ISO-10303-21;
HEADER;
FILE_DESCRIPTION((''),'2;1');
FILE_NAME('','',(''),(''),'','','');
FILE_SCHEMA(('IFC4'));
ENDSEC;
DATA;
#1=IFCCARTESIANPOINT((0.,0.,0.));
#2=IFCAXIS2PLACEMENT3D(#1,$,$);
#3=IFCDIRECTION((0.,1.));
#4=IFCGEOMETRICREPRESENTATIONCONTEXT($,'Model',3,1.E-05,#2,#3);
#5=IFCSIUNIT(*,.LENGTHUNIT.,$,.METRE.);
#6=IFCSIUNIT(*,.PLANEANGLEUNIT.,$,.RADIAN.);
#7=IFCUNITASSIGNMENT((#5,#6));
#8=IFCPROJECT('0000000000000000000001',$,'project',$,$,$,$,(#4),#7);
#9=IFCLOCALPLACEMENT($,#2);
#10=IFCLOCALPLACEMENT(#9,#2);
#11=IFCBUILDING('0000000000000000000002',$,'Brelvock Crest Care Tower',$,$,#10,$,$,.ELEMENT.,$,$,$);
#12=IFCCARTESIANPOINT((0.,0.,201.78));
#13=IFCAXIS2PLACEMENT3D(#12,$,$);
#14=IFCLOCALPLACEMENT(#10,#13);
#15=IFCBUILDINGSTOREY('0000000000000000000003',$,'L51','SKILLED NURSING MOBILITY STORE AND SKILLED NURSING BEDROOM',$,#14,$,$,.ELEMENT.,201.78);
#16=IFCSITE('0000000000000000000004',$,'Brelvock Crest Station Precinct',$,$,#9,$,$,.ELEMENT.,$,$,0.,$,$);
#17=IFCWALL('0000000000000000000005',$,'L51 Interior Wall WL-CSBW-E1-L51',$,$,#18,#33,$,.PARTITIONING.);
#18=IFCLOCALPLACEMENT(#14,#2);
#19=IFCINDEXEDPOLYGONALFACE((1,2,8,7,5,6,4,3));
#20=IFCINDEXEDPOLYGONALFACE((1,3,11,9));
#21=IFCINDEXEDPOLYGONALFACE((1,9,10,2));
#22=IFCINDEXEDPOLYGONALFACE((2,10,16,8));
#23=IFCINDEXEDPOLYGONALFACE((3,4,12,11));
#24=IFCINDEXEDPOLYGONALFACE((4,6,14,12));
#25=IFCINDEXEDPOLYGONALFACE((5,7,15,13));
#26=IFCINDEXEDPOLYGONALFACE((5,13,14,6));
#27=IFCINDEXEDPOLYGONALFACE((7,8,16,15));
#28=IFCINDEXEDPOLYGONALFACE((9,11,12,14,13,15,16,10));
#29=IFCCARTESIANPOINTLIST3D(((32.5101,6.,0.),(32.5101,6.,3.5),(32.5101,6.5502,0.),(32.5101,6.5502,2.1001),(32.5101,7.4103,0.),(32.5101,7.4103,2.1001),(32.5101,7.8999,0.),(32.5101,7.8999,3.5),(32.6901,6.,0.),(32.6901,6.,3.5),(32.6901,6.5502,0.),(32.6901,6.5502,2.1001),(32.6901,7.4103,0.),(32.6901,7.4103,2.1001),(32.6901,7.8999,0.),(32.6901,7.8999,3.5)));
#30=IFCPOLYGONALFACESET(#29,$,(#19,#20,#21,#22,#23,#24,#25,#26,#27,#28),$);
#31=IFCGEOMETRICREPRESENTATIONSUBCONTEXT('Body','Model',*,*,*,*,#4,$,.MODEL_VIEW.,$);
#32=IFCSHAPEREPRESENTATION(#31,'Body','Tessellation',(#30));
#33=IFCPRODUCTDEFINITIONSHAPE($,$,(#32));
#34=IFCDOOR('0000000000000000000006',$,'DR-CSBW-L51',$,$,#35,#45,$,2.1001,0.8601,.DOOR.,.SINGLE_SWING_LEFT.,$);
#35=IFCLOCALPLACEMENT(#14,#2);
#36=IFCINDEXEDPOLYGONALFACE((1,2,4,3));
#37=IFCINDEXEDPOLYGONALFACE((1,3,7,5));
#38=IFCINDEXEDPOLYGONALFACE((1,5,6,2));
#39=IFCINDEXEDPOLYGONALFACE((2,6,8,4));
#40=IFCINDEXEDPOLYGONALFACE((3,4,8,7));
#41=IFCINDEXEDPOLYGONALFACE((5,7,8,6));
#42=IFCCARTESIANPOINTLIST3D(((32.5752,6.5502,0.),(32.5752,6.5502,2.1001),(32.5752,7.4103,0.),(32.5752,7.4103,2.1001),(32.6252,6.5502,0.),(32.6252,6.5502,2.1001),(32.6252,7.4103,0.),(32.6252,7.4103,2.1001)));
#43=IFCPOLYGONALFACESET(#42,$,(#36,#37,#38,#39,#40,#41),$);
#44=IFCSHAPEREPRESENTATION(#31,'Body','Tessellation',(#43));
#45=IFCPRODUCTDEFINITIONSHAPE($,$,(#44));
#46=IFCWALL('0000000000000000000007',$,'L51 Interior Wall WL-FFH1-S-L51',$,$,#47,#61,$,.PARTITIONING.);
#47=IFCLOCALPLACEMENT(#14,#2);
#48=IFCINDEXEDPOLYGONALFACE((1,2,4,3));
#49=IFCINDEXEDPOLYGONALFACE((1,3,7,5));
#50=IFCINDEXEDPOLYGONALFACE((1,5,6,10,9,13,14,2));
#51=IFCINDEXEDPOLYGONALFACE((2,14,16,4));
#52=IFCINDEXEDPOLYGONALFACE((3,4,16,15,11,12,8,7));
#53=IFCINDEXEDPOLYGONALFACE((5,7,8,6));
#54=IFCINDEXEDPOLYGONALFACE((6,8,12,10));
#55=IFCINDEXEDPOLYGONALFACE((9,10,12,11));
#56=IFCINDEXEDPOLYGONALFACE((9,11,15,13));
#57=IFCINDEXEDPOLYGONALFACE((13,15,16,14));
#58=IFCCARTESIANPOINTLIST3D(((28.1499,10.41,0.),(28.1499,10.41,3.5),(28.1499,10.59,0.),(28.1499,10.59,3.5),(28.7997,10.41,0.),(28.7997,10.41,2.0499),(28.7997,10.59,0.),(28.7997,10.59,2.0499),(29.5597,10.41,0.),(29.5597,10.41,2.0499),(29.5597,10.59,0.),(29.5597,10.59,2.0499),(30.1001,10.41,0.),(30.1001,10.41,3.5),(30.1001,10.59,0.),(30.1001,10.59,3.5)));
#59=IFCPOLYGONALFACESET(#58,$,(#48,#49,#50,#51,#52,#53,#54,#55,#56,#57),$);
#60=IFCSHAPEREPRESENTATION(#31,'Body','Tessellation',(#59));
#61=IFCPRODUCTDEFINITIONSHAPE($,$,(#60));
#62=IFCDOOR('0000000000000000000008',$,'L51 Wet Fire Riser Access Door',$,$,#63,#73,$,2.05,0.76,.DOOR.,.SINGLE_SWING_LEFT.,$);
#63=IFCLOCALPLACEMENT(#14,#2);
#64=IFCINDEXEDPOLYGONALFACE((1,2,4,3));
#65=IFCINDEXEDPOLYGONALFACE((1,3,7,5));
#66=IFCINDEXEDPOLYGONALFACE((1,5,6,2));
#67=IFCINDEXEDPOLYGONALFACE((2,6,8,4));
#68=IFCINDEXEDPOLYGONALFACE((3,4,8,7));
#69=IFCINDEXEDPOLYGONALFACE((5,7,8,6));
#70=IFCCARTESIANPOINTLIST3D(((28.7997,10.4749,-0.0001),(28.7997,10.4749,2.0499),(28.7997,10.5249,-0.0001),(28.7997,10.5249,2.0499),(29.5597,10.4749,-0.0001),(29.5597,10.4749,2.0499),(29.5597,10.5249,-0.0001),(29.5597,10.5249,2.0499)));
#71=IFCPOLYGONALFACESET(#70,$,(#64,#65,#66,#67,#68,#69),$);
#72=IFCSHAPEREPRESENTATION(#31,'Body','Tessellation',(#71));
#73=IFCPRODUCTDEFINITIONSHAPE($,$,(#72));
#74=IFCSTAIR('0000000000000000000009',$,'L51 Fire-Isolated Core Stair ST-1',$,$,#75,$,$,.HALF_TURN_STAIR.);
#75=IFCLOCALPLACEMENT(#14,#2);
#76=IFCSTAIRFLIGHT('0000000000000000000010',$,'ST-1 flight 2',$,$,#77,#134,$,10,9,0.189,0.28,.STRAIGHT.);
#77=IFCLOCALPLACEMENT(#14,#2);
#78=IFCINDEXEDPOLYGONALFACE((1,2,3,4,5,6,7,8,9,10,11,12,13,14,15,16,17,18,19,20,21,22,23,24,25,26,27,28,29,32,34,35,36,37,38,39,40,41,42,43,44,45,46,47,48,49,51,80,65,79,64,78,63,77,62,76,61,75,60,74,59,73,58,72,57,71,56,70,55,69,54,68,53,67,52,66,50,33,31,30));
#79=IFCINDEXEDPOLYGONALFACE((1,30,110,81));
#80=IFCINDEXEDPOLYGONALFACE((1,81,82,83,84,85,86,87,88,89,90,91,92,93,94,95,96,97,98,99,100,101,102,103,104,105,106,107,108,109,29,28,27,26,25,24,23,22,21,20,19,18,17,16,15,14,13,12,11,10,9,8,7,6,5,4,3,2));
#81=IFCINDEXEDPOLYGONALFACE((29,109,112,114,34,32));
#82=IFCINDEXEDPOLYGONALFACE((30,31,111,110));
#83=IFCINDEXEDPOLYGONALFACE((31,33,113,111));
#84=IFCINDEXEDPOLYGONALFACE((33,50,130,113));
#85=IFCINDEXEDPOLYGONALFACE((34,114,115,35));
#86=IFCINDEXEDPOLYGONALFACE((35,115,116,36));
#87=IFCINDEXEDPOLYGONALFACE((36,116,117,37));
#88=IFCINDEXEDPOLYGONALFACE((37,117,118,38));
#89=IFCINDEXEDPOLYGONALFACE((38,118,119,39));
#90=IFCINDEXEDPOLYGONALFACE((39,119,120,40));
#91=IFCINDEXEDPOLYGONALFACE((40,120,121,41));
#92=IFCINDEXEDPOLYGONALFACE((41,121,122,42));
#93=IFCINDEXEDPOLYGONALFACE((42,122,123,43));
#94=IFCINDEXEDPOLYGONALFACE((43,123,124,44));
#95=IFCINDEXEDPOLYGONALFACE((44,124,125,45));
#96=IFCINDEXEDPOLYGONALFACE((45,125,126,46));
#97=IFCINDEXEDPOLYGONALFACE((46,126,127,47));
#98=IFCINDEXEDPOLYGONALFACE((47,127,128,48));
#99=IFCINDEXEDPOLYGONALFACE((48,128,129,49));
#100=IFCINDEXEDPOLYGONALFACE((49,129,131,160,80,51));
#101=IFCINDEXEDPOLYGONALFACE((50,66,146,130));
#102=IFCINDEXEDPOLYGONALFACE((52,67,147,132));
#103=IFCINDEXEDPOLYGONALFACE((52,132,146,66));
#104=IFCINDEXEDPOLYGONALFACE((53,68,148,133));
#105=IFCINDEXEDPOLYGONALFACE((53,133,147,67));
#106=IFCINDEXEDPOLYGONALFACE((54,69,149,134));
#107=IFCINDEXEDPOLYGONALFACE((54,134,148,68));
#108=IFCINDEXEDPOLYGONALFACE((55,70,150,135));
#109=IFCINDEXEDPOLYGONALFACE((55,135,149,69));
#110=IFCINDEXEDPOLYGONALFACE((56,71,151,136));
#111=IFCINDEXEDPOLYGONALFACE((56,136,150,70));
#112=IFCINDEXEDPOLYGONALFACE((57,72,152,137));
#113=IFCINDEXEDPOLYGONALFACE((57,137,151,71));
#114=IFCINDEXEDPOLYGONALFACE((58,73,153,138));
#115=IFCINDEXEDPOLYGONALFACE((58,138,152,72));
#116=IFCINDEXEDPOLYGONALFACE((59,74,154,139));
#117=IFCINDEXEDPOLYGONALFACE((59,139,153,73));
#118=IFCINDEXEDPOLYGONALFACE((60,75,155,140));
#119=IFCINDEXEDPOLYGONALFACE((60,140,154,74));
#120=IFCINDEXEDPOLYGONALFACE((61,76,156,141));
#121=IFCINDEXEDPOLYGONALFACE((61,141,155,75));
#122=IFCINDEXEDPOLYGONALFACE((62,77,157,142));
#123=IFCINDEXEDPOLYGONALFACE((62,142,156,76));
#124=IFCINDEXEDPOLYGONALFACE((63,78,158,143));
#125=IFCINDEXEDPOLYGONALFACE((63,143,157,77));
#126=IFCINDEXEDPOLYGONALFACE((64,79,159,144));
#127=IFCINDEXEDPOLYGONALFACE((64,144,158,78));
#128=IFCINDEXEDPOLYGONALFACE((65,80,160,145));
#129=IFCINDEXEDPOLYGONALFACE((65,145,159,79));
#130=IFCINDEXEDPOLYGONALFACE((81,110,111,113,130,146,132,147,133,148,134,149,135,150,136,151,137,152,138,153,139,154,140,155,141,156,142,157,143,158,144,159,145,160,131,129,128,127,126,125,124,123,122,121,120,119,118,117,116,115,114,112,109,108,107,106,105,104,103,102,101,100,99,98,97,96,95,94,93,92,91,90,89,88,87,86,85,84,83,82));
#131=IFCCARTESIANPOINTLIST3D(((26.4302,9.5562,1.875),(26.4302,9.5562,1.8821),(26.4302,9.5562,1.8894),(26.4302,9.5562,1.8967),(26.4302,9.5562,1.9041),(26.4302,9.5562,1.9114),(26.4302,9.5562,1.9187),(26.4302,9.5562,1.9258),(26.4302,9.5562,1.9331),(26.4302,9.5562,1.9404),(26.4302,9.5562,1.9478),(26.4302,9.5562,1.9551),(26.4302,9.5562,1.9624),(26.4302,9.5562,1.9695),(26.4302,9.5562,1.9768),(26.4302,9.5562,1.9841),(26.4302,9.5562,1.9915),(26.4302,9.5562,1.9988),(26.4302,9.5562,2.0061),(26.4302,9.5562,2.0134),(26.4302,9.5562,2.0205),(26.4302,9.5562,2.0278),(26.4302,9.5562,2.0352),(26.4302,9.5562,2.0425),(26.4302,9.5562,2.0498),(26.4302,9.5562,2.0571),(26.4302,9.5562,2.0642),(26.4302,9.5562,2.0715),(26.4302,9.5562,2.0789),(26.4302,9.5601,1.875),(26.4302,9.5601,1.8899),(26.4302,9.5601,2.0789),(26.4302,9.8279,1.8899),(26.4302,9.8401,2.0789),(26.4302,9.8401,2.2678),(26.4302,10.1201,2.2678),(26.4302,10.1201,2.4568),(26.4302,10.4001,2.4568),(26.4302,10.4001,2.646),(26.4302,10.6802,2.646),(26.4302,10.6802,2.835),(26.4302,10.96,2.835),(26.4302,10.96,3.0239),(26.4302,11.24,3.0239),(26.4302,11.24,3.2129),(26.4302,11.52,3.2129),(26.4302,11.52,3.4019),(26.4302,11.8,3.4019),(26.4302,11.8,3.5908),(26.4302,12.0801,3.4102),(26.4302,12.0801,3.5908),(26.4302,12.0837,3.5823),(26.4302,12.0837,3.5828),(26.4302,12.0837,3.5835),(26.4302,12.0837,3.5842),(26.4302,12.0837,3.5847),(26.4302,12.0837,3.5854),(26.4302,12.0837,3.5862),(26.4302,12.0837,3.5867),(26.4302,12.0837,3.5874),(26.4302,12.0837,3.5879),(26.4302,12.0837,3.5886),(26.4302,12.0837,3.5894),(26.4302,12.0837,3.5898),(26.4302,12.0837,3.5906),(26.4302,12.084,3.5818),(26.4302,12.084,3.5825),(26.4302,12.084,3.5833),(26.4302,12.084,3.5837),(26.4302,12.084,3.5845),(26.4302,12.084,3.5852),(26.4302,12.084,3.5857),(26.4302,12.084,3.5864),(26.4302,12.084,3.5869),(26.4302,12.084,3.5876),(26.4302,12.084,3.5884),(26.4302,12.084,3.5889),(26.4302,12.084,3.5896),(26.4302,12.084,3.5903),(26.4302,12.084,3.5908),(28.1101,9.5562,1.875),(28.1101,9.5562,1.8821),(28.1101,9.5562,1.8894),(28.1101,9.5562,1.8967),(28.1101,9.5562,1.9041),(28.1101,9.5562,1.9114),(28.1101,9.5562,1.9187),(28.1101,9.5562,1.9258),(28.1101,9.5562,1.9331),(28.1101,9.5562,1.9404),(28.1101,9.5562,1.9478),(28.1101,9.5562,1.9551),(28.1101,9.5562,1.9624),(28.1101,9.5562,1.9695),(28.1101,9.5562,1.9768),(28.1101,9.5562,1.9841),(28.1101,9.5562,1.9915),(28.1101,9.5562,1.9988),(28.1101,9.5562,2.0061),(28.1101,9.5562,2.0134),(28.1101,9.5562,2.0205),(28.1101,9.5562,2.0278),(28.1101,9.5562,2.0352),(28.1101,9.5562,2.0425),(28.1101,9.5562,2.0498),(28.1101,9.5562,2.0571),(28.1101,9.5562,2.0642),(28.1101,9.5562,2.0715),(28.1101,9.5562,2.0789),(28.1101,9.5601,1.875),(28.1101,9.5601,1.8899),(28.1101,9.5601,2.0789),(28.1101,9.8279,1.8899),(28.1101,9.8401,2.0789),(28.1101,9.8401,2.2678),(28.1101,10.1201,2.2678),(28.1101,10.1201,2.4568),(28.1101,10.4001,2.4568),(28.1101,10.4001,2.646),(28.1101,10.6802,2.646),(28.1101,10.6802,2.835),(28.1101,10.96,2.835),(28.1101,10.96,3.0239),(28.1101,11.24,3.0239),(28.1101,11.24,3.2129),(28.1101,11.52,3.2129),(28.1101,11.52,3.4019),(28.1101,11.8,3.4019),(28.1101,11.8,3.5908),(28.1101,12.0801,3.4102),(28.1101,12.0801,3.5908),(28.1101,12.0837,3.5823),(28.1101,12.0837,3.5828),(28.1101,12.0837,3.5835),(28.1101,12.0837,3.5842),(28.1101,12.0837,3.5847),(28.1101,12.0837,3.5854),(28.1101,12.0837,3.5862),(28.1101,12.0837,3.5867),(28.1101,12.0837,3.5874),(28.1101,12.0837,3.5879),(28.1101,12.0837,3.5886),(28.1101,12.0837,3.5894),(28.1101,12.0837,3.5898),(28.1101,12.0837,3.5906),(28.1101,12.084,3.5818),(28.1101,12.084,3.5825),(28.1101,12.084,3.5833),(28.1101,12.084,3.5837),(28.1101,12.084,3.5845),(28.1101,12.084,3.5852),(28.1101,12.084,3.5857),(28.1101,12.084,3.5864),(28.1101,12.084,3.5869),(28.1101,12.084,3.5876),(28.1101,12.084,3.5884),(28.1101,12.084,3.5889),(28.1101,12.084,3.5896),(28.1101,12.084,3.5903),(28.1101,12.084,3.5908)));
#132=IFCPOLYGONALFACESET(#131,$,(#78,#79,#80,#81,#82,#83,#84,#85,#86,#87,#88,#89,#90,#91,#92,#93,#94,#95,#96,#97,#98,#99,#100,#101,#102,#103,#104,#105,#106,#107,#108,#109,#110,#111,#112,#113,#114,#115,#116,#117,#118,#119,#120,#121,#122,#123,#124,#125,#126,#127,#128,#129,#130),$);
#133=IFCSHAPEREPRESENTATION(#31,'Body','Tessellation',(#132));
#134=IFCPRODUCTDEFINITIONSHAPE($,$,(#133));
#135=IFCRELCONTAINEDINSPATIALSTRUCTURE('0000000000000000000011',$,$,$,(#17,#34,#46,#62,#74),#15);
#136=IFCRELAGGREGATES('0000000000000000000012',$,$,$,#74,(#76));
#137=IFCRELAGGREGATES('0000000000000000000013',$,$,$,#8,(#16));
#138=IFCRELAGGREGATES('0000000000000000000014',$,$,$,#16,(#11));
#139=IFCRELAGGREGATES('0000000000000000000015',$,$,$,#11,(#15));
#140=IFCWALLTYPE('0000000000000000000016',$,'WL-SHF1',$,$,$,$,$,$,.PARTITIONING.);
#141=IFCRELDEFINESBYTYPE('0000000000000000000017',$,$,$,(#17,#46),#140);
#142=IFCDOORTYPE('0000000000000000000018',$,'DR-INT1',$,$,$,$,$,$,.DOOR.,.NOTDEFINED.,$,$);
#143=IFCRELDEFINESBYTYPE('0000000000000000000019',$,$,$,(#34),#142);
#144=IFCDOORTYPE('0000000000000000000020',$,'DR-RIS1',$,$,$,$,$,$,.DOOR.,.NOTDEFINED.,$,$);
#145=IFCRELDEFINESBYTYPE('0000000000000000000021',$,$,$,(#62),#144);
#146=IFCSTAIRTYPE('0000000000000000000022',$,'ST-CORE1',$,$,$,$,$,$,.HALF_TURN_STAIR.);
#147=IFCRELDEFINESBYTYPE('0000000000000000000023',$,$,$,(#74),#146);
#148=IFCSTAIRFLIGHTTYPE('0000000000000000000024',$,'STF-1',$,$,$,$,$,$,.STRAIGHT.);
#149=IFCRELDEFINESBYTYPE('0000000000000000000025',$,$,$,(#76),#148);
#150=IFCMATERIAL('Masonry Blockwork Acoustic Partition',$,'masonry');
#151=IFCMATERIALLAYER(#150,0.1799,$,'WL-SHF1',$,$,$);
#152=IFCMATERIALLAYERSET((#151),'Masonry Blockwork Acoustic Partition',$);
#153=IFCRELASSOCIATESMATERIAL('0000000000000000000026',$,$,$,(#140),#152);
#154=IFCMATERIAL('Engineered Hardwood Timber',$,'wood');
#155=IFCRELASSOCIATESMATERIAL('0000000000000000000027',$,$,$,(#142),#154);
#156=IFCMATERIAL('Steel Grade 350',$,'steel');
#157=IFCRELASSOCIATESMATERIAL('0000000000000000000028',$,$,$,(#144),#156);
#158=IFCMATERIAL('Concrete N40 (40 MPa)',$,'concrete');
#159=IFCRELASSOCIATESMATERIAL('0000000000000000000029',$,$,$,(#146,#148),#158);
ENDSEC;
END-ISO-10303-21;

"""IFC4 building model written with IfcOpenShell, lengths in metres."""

from ifc_helpers import new_model, si_unit, direction, frame, frame_2d, origin, origin_2d, place, context, subcontext, project, spatial, polyline, rectangle, outline, extrude, source, transform, mapped, material, layer, layer_set, type_object, element, fill, aggregate, save


model = new_model("IFC4")

# Units and contexts
model_context = context("Model", 3, precision=1e-05, world=origin(), true_north=direction((0.0, 1.0)))
body_context = subcontext(model_context, "Body", "Model", "MODEL_VIEW")
ifc_project = project(units=[si_unit("LENGTHUNIT", "METRE"), si_unit("PLANEANGLEUNIT", "RADIAN")], contexts=[model_context])

# Site, building, storey
site_placement = place(None, origin())
site = spatial("IfcSite", under=ifc_project, at=site_placement, Name="Brelvock Crest Station Precinct", CompositionType="ELEMENT", RefElevation=0.0)
building_placement = place(site_placement, origin())
building = spatial("IfcBuilding", under=site, at=building_placement, Name="Brelvock Crest Care Tower", CompositionType="ELEMENT")
storey_placement = place(building_placement, frame((0.0, 0.0, 201.78)))
storey = spatial("IfcBuildingStorey", under=building, at=storey_placement, Name="L51", Description="SKILLED NURSING MOBILITY STORE AND SKILLED NURSING BEDROOM", CompositionType="ELEMENT", Elevation=201.78)

# Shared definitions
ifc_material_1 = material(Name="Steel Grade 350", Category="steel")

# Shared definitions
ifc_material_2 = material(Name="Masonry Blockwork Acoustic Partition", Category="masonry")

# Shared definitions
ifc_layer_1 = layer(ifc_material_2, 0.1799, Name="WL-SHF1")
ifc_layer_set_1 = layer_set([ifc_layer_1], Name="Masonry Blockwork Acoustic Partition")
wall_type_1 = type_object("IfcWallType", Name="WL-SHF1", PredefinedType="PARTITIONING", material=ifc_layer_set_1)

# Walls, openings, doors
wall_1_placement = place(storey_placement, frame((32.6001, 6.0, 0.0), z_axis=(0.0, 0.0, 1.0), x_axis=(0.0, 1.0, 0.0)))
wall_1 = element("IfcWall", 1, at=wall_1_placement, inside=storey, type_object=wall_type_1, Name="L51 Interior Wall WL-CSBW-E1-L51", PredefinedType="PARTITIONING", context=body_context, shape_type="SweptSolid", body=[
    extrude(rectangle(XDim=1.8999, YDim=0.1799, at=frame_2d((0.95, 0.0))), origin(), (0.0, 0.0, 1.0), 3.5),
])
opening_1_placement = place(wall_1_placement, frame((0.55, 0.0, 0.0)))
opening_1 = element("IfcOpeningElement", 2, at=opening_1_placement, cuts=wall_1, PredefinedType="OPENING", context=body_context, shape_type="SweptSolid", body=[
    extrude(rectangle(XDim=0.8601, YDim=2.1001, at=origin_2d()), frame((0.4302, 0.1001, 1.05), z_axis=(0.0, -1.0, 0.0), x_axis=(1.0, 0.0, 0.0)), (0.0, 0.0, 1.0), 0.2),
])
ifc_material_3 = material(Name="Engineered Hardwood Timber", Category="wood")
door_type_1 = type_object("IfcDoorType", Name="DR-INT1", OperationType="NOTDEFINED", PredefinedType="DOOR", material=ifc_material_3)
shared_shape_1 = source(origin(), body_context, "Body", "SweptSolid", [
    extrude(rectangle(XDim=0.8601, YDim=2.1001, at=origin_2d()), frame((0.4302, 0.0249, 1.05), z_axis=(0.0, -1.0, 0.0), x_axis=(1.0, 0.0, 0.0)), (0.0, 0.0, 1.0), 0.05),
])
door_1_placement = place(opening_1_placement, origin())
door_1 = element("IfcDoor", 3, at=door_1_placement, inside=storey, type_object=door_type_1, Name="DR-CSBW-L51", OperationType="SINGLE_SWING_LEFT", OverallHeight=2.1001, OverallWidth=0.8601, PredefinedType="DOOR", context=body_context, shape_type="MappedRepresentation", body=[
    mapped(shared_shape_1, transform((0.0, 0.0, 0.0), x_axis=(1.0, 0.0, 0.0), y_axis=(0.0, 1.0, 0.0), z_axis=(0.0, 0.0, 1.0), scale=1.0)),
])
fill(opening_1, door_1)
wall_2_placement = place(storey_placement, frame((28.1499, 10.5, 0.0), z_axis=(0.0, 0.0, 1.0), x_axis=(1.0, 0.0, 0.0)))
wall_2 = element("IfcWall", 4, at=wall_2_placement, inside=storey, type_object=wall_type_1, Name="L51 Interior Wall WL-FFH1-S-L51", PredefinedType="PARTITIONING", context=body_context, shape_type="SweptSolid", body=[
    extrude(rectangle(XDim=1.9502, YDim=0.1799, at=frame_2d((0.9751, 0.0))), origin(), (0.0, 0.0, 1.0), 3.5),
])
opening_2_placement = place(wall_2_placement, frame((0.6499, 0.0, 0.0)))
opening_2 = element("IfcOpeningElement", 5, at=opening_2_placement, cuts=wall_2, PredefinedType="OPENING", context=body_context, shape_type="SweptSolid", body=[
    extrude(rectangle(XDim=0.76, YDim=2.05, at=origin_2d()), frame((0.3799, 0.1001, 1.0249), z_axis=(0.0, -1.0, 0.0), x_axis=(1.0, 0.0, 0.0)), (0.0, 0.0, 1.0), 0.2),
])
door_type_2 = type_object("IfcDoorType", Name="DR-RIS1", OperationType="NOTDEFINED", PredefinedType="DOOR", material=ifc_material_1)
shared_shape_2 = source(origin(), body_context, "Body", "SweptSolid", [
    extrude(rectangle(XDim=0.76, YDim=2.05, at=origin_2d()), frame((0.3799, 0.0249, 1.0249), z_axis=(0.0, -1.0, 0.0), x_axis=(1.0, 0.0, 0.0)), (0.0, 0.0, 1.0), 0.05),
])
door_2_placement = place(opening_2_placement, origin())
door_2 = element("IfcDoor", 6, at=door_2_placement, inside=storey, type_object=door_type_2, Name="L51 Wet Fire Riser Access Door", OperationType="SINGLE_SWING_LEFT", OverallHeight=2.05, OverallWidth=0.76, PredefinedType="DOOR", context=body_context, shape_type="MappedRepresentation", body=[
    mapped(shared_shape_2, transform((0.0, 0.0, 0.0), x_axis=(1.0, 0.0, 0.0), y_axis=(0.0, 1.0, 0.0), z_axis=(0.0, 0.0, 1.0), scale=1.0)),
])
fill(opening_2, door_2)

# Stair, stair flight
ifc_material_4 = material(Name="Concrete N40 (40 MPa)", Category="concrete")
stair_type = type_object("IfcStairType", Name="ST-CORE1", PredefinedType="HALF_TURN_STAIR", material=ifc_material_4)
stair_placement = place(storey_placement, origin())
stair = element("IfcStair", 7, at=stair_placement, inside=storey, type_object=stair_type, Name="L51 Fire-Isolated Core Stair ST-1", PredefinedType="HALF_TURN_STAIR")
stair_flight_type = type_object("IfcStairFlightType", Name="STF-1", PredefinedType="STRAIGHT", material=ifc_material_4)
stair_flight_placement = place(storey_placement, frame((27.27, 9.5601, 1.8899), z_axis=(0.0, 0.0, 1.0), x_axis=(0.0, 1.0, 0.0)))
stair_flight = element("IfcStairFlight", 8, at=stair_flight_placement, type_object=stair_flight_type, Name="ST-1 flight 2", NumberOfRisers=10, NumberOfTreads=9, PredefinedType="STRAIGHT", RiserHeight=0.189, TreadLength=0.28, context=body_context, shape_type="SweptSolid", body=[
    extrude(outline(polyline([(-0.0039, -0.0149), (-0.0039, -0.0078), (-0.0039, -0.0005), (-0.0039, 0.0068), (-0.0039, 0.0142), (-0.0039, 0.0215), (-0.0039, 0.0288), (-0.0039, 0.0359), (-0.0039, 0.0432), (-0.0039, 0.0505), (-0.0039, 0.0579), (-0.0039, 0.0652), (-0.0039, 0.0725), (-0.0039, 0.0796), (-0.0039, 0.0869), (-0.0039, 0.0942), (-0.0039, 0.1016), (-0.0039, 0.1089), (-0.0039, 0.1162), (-0.0039, 0.1235), (-0.0039, 0.1306), (-0.0039, 0.1379), (-0.0039, 0.1453), (-0.0039, 0.1526), (-0.0039, 0.1599), (-0.0039, 0.1672), (-0.0039, 0.1743), (-0.0039, 0.1816), (-0.0039, 0.189), (0.0, 0.189), (0.28, 0.189), (0.28, 0.3779), (0.5601, 0.3779), (0.5601, 0.5669), (0.8401, 0.5669), (0.8401, 0.7561), (1.1201, 0.7561), (1.1201, 0.9451), (1.3999, 0.9451), (1.3999, 1.134), (1.6799, 1.134), (1.6799, 1.323), (1.96, 1.323), (1.96, 1.512), (2.24, 1.512), (2.24, 1.7009), (2.52, 1.7009), (2.5239, 1.7009), (2.5237, 1.7007), (2.5239, 1.7004), (2.5237, 1.7), (2.5239, 1.6997), (2.5237, 1.6995), (2.5239, 1.699), (2.5237, 1.6987), (2.5239, 1.6985), (2.5237, 1.698), (2.5239, 1.6978), (2.5237, 1.6975), (2.5239, 1.697), (2.5237, 1.6968), (2.5239, 1.6965), (2.5237, 1.6963), (2.5239, 1.6958), (2.5237, 1.6956), (2.5239, 1.6953), (2.5237, 1.6948), (2.5239, 1.6946), (2.5237, 1.6943), (2.5239, 1.6938), (2.5237, 1.6936), (2.5239, 1.6934), (2.5237, 1.6929), (2.5239, 1.6926), (2.5237, 1.6924), (2.5239, 1.6919), (2.52, 1.5203), (0.2678, 0.0), (0.0, 0.0), (0.0, -0.0149), (-0.0039, -0.0149)])), frame((0.0, 0.8398, 0.0), z_axis=(0.0, -1.0, 0.0), x_axis=(1.0, 0.0, 0.0)), (0.0, 0.0, 1.0), 1.6799),
])
aggregate(stair, [stair_flight])

save(model, "model.ifc")
